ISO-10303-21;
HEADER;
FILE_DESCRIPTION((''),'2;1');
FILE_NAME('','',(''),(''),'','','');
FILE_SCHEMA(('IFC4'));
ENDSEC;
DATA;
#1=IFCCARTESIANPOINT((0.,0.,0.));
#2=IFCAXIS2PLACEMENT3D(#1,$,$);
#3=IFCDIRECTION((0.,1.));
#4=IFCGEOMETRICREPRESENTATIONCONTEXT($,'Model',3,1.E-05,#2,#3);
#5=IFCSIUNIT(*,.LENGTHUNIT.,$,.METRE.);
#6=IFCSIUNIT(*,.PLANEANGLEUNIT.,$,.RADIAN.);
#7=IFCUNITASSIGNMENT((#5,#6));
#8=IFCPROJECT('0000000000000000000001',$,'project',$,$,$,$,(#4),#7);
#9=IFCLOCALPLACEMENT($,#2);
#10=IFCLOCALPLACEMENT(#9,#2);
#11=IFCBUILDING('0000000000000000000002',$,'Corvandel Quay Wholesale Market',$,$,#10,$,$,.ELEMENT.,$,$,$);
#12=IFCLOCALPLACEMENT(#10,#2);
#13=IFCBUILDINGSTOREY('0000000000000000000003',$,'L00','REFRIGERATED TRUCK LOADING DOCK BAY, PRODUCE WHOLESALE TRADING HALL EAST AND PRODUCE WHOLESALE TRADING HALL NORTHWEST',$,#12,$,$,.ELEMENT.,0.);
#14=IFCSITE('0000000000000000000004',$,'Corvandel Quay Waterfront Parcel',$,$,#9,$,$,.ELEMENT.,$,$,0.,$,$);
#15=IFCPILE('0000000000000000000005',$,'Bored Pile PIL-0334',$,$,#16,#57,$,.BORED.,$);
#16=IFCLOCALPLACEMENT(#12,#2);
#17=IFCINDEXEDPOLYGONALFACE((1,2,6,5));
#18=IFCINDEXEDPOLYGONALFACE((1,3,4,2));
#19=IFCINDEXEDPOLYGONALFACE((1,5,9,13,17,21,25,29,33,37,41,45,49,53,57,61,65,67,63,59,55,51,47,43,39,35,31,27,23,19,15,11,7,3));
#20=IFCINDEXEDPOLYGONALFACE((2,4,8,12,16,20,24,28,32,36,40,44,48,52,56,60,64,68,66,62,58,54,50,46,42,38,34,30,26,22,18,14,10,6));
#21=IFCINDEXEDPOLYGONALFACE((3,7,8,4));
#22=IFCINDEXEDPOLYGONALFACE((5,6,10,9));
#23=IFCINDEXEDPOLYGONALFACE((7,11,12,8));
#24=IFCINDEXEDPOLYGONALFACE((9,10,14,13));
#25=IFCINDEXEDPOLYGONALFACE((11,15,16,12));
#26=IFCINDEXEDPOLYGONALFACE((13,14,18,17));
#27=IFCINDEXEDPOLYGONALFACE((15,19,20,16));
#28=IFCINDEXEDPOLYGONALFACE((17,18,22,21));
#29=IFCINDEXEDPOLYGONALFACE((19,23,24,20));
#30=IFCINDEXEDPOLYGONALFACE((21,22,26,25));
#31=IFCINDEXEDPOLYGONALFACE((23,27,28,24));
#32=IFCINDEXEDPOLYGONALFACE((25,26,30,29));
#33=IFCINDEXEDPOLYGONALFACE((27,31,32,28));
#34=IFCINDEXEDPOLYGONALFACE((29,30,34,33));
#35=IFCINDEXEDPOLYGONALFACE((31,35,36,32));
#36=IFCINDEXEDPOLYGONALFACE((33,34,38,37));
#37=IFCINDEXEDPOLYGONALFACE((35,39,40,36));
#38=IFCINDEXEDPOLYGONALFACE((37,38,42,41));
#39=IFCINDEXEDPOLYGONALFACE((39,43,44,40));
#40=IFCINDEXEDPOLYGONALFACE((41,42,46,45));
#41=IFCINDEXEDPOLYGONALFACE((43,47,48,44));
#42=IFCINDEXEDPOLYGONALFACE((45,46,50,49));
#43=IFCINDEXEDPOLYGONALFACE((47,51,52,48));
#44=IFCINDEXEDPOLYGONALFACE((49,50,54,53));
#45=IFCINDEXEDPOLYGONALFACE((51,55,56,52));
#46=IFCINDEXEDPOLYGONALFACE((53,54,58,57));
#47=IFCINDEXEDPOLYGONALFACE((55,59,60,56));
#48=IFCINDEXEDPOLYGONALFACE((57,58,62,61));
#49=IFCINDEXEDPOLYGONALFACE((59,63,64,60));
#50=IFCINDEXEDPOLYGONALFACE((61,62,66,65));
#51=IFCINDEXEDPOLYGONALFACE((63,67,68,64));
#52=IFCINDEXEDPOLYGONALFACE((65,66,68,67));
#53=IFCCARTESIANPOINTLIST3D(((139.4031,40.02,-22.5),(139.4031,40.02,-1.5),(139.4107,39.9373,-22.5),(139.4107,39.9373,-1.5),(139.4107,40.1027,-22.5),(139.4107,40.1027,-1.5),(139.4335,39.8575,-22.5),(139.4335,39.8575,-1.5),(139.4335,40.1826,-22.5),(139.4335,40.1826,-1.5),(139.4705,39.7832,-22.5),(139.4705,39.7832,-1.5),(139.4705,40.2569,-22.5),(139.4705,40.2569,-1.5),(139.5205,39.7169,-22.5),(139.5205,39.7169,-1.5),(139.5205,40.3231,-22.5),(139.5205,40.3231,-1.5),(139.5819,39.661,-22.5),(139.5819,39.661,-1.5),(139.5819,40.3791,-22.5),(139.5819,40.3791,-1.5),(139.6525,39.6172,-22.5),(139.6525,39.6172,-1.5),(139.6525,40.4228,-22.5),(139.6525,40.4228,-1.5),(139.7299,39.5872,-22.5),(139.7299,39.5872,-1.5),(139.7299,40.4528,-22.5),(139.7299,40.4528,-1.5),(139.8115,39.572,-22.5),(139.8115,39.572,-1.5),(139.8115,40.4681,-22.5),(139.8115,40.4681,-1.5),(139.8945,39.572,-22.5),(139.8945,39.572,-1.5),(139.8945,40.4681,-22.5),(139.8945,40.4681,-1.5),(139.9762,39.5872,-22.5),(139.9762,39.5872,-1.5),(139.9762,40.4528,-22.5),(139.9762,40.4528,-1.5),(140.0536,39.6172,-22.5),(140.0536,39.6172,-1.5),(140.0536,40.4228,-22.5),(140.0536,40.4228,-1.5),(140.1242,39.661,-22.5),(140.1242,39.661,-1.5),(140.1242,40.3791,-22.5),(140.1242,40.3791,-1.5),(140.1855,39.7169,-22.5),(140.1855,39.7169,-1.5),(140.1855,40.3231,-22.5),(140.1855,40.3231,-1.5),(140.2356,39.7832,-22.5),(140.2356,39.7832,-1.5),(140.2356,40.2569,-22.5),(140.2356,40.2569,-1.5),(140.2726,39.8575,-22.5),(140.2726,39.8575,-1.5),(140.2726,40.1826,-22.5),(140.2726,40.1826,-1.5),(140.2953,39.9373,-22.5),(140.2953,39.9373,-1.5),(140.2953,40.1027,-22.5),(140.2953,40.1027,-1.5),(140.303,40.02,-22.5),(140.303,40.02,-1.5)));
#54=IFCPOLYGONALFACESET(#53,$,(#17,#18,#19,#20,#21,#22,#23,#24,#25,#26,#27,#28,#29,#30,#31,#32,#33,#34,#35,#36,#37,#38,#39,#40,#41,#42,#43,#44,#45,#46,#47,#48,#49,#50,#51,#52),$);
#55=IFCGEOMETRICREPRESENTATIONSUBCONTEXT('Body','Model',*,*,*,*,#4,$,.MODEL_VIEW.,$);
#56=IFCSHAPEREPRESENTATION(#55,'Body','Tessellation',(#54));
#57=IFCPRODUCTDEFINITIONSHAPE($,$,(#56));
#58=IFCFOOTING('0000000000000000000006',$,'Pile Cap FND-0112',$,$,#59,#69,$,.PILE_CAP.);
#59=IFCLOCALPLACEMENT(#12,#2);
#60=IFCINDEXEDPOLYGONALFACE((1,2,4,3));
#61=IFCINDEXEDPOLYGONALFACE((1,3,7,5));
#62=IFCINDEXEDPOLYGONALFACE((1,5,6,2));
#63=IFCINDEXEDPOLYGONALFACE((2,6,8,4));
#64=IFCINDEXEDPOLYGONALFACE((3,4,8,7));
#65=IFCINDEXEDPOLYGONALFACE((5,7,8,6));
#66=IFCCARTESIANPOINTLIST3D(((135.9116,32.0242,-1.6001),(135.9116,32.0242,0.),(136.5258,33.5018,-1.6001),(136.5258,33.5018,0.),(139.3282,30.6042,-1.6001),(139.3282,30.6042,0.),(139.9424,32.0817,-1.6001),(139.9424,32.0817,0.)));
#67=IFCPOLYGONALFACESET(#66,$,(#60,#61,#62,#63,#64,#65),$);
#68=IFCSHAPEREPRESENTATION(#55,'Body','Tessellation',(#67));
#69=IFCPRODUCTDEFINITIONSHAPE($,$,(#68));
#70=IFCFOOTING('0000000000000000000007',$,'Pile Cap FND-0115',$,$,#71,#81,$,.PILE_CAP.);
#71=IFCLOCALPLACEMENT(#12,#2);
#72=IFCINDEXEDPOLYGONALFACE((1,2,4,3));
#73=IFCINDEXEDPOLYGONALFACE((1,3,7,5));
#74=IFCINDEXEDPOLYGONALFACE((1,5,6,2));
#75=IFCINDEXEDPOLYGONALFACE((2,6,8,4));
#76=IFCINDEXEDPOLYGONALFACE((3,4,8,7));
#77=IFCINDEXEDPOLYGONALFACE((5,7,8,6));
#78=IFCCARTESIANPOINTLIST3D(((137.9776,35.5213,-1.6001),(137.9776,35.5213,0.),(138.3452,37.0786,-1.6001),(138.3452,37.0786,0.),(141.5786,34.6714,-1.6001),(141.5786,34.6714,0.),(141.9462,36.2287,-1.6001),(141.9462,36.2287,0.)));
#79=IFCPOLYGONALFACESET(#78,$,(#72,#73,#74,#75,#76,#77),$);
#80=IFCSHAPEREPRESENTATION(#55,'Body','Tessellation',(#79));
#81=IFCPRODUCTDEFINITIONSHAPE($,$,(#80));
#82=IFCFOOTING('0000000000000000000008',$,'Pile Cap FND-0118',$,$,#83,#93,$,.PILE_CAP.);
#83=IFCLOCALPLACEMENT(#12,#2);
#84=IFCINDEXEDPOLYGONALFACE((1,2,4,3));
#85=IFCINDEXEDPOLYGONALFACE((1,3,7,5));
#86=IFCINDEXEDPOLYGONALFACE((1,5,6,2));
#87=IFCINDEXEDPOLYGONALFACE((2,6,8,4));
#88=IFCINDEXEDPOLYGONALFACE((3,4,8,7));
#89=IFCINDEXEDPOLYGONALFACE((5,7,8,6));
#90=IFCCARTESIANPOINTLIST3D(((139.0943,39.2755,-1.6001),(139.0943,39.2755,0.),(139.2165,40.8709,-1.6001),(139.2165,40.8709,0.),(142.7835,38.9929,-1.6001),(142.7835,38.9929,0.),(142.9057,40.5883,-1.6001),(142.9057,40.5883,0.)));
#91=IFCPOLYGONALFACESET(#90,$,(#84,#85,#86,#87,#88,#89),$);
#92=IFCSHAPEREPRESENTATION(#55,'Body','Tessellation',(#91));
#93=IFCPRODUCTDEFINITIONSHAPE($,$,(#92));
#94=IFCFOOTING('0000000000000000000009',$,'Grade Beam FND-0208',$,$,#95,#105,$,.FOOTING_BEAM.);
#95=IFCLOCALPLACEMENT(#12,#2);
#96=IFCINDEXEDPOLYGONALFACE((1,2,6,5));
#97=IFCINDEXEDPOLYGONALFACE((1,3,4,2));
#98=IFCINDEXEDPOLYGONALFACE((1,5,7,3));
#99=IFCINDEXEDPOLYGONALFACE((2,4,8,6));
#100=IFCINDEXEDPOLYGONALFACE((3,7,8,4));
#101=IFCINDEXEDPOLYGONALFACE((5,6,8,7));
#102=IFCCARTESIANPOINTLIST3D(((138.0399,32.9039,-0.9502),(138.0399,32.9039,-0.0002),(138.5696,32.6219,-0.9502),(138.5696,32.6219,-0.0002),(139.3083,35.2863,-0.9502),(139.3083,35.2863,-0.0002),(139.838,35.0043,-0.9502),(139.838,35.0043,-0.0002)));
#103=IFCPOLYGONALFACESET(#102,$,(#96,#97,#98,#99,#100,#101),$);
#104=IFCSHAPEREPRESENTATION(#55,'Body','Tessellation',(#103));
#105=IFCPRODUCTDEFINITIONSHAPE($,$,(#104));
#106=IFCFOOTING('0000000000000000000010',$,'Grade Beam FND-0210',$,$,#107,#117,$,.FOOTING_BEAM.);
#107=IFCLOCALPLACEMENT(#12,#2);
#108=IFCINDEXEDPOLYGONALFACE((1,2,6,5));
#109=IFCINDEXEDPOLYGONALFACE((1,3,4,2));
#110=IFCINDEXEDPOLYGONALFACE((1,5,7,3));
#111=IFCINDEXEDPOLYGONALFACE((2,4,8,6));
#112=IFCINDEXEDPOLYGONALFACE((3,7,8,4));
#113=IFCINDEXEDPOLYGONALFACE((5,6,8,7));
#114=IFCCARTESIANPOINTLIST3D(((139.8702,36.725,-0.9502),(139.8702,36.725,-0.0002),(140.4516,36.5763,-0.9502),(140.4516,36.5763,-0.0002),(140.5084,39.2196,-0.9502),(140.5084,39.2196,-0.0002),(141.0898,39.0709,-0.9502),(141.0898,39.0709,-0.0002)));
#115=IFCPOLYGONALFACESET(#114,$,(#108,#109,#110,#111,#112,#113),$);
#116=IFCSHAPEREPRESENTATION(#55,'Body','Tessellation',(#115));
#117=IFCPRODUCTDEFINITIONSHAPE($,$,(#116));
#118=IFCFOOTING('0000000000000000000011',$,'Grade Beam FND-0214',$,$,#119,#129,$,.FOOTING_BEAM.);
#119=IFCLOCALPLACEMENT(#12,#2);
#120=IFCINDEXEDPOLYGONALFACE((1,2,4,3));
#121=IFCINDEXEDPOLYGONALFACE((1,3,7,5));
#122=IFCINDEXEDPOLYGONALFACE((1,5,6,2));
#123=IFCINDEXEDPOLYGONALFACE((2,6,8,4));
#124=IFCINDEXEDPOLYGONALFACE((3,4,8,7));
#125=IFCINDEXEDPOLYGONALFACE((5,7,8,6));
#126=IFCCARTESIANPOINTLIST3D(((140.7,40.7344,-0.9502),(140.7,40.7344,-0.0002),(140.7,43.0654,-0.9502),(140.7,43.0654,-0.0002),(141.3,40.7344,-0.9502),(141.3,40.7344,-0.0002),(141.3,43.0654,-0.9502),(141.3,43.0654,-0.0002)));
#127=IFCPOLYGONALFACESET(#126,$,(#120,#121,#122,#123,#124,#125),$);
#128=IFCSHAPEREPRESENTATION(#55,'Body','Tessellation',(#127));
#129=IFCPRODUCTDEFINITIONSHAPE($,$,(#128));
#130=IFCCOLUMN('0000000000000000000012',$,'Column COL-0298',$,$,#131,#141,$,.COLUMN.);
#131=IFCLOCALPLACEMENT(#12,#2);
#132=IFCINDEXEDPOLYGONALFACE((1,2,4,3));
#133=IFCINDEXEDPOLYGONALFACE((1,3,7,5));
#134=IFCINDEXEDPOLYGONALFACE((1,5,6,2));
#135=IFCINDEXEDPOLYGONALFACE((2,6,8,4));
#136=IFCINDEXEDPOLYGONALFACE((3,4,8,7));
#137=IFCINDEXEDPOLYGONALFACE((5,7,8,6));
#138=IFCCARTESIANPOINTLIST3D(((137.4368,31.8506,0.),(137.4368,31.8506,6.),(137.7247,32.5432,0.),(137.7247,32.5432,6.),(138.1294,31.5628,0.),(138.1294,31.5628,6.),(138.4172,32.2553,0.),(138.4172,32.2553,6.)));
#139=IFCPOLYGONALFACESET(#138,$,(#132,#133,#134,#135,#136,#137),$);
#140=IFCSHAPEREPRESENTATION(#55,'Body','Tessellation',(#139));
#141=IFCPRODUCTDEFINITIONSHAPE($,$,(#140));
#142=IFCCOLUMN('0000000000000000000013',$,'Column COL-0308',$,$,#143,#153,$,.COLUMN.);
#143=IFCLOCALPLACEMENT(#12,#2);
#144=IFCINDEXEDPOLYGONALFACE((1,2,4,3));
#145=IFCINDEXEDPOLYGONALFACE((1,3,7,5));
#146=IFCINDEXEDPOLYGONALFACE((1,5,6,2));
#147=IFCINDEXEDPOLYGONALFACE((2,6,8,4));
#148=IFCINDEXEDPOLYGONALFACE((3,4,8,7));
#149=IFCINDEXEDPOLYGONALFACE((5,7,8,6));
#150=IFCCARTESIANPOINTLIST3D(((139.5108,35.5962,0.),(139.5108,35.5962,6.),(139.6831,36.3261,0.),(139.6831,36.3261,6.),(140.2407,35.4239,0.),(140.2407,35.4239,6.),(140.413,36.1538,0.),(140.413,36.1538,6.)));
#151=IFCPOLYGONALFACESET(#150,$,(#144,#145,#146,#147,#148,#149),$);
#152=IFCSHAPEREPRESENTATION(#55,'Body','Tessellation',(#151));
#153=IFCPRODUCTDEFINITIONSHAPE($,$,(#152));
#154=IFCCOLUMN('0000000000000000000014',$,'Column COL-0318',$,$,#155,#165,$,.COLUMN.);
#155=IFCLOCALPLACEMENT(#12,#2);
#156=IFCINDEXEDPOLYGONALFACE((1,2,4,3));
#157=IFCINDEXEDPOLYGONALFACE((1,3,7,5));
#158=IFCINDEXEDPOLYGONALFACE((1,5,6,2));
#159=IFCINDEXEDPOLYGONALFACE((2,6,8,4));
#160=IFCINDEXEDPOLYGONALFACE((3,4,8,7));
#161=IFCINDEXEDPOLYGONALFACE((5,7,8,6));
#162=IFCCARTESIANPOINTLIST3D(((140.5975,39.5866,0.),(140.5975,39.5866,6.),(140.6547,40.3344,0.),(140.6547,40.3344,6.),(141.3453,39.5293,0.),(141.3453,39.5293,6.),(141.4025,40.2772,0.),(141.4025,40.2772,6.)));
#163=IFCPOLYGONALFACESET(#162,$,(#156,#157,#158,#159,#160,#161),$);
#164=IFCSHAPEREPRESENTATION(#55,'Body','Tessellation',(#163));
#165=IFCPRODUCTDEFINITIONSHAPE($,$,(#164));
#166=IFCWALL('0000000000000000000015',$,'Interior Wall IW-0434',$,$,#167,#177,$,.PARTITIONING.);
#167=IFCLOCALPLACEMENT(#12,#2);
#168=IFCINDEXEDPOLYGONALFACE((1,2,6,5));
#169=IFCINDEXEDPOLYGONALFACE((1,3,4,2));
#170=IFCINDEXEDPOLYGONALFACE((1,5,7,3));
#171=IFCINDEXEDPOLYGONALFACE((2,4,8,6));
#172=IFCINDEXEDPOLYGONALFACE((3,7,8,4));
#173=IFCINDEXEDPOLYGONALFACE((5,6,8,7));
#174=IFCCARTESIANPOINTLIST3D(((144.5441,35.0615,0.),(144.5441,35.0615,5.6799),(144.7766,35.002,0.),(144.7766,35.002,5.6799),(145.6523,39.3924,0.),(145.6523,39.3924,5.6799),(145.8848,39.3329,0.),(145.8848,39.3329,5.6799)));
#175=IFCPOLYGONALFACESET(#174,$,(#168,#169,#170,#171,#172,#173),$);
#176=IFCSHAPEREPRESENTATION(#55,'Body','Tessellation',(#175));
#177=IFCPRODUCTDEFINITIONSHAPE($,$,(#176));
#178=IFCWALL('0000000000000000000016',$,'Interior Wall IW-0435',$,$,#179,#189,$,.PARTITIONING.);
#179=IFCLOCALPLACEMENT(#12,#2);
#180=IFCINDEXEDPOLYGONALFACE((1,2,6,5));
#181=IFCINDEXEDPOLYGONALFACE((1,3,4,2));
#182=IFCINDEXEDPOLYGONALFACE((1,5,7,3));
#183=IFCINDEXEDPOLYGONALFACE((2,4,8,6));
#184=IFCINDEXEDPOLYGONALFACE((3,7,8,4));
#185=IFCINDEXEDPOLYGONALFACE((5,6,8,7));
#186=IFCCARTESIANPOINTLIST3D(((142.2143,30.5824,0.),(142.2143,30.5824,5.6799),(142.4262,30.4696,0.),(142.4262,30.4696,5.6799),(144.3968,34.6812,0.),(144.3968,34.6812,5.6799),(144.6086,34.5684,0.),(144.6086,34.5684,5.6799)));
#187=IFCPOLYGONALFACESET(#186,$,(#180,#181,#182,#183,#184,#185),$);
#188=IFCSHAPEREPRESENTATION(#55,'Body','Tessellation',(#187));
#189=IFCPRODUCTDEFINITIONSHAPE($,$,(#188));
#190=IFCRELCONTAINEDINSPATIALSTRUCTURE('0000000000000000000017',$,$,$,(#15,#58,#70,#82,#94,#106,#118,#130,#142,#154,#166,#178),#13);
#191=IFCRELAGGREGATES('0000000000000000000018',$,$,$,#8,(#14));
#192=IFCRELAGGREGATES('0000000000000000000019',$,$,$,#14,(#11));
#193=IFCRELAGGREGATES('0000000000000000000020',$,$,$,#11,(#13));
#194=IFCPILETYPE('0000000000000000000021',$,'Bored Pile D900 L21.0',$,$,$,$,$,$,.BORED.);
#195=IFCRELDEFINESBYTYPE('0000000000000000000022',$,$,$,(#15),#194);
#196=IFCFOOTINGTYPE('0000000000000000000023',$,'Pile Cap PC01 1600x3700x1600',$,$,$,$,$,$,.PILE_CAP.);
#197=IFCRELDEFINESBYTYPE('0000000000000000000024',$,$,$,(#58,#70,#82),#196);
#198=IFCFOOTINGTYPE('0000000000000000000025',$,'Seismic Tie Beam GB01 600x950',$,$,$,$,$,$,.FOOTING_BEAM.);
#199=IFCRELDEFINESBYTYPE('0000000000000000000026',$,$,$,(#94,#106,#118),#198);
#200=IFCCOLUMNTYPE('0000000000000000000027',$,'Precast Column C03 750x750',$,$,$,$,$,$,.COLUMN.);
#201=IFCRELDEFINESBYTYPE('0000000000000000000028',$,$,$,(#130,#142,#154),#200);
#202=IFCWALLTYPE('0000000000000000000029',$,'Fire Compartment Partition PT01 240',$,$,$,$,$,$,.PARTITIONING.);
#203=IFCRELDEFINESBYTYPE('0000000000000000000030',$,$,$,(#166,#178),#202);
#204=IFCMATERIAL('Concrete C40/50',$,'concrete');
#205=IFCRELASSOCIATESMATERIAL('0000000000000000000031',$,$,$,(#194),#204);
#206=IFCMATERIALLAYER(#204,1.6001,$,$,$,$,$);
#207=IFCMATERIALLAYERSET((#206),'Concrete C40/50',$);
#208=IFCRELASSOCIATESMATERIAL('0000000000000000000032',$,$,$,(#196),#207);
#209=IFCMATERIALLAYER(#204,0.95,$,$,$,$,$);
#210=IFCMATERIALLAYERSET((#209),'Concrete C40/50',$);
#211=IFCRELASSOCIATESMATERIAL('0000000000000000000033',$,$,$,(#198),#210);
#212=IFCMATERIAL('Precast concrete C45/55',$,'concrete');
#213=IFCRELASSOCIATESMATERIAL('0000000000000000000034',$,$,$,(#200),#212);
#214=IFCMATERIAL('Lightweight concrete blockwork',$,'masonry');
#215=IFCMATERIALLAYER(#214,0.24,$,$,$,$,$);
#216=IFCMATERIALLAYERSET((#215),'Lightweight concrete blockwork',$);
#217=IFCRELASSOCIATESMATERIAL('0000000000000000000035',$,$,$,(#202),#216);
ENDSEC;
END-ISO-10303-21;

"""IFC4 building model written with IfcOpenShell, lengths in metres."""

from ifc_helpers import new_model, si_unit, direction, frame, frame_2d, origin, origin_2d, place, context, subcontext, project, spatial, rectangle, circle, extrude, material, layer, layer_set, material_profile, profile_set, type_object, element, save


model = new_model("IFC4")

# Units and contexts
model_context = context("Model", 3, precision=1e-05, world=origin(), true_north=direction((0.0, 1.0)))
body_context = subcontext(model_context, "Body", "Model", "MODEL_VIEW")
ifc_project = project(units=[si_unit("LENGTHUNIT", "METRE"), si_unit("PLANEANGLEUNIT", "RADIAN")], contexts=[model_context])

# Site, building, storey
site_placement = place(None, origin())
site = spatial("IfcSite", under=ifc_project, at=site_placement, Name="Corvandel Quay Waterfront Parcel", CompositionType="ELEMENT", RefElevation=0.0)
building_placement = place(site_placement, origin())
building = spatial("IfcBuilding", under=site, at=building_placement, Name="Corvandel Quay Wholesale Market", CompositionType="ELEMENT")
storey_placement = place(building_placement, origin())
storey = spatial("IfcBuildingStorey", under=building, at=storey_placement, Name="L00", Description="REFRIGERATED TRUCK LOADING DOCK BAY, PRODUCE WHOLESALE TRADING HALL EAST AND PRODUCE WHOLESALE TRADING HALL NORTHWEST", CompositionType="ELEMENT", Elevation=0.0)

# Pile
ifc_material_1 = material(Name="Concrete C40/50", Category="concrete")
ifc_material_profile_1 = material_profile(ifc_material_1, circle(Radius=0.45, at=origin_2d()), Name="RC-PILE-D900")
ifc_profile_set_1 = profile_set([ifc_material_profile_1], Name="Concrete C40/50")
pile_type = type_object("IfcPileType", Name="Bored Pile D900 L21.0", PredefinedType="BORED", material=ifc_profile_set_1)
for number, where, z_axis, x_axis, name in (
    (1, (139.853, 40.02, -1.5), (0.0, 0.0, -1.0), (1.0, 0.0, 0.0), "Bored Pile PIL-0334"),
):
    element("IfcPile", number, at=place(storey_placement, frame(where, z_axis=z_axis, x_axis=x_axis)), inside=storey, type_object=pile_type, Name=name, PredefinedType="BORED", context=body_context, shape_type="SweptSolid", body=[
        extrude(circle(Radius=0.45, at=origin_2d()), origin(), (0.0, 0.0, 1.0), 21.0),
    ])

# Footings
ifc_layer_1 = layer(ifc_material_1, 1.6001)
ifc_layer_set_1 = layer_set([ifc_layer_1], Name="Concrete C40/50")
footing_type_1 = type_object("IfcFootingType", Name="Pile Cap PC01 1600x3700x1600", PredefinedType="PILE_CAP", material=ifc_layer_set_1)
for number, where, z_axis, x_axis, name in (
    (2, (137.927, 32.053, -1.6001), (0.0, 0.0, 1.0), (0.383812, 0.923411, 0.0), "Pile Cap FND-0112"),
    (3, (139.9619, 35.875, -1.6001), (0.0, 0.0, 1.0), (0.22971, 0.973259, 0.0), "Pile Cap FND-0115"),
    (4, (141.0, 39.9319, -1.6001), (0.0, 0.0, 1.0), (0.076371, 0.997079, 0.0), "Pile Cap FND-0118"),
):
    element("IfcFooting", number, at=place(storey_placement, frame(where, z_axis=z_axis, x_axis=x_axis)), inside=storey, type_object=footing_type_1, Name=name, PredefinedType="PILE_CAP", context=body_context, shape_type="SweptSolid", body=[
        extrude(rectangle(XDim=1.6001, YDim=3.7, at=origin_2d()), origin(), (0.0, 0.0, 1.0), 1.6001),
    ])
ifc_layer_2 = layer(ifc_material_1, 0.95)
ifc_layer_set_2 = layer_set([ifc_layer_2], Name="Concrete C40/50")
footing_type_2 = type_object("IfcFootingType", Name="Seismic Tie Beam GB01 600x950", PredefinedType="FOOTING_BEAM", material=ifc_layer_set_2)
footing_1_placement = place(storey_placement, frame((138.939, 33.9541, -0.9502), z_axis=(0.0, 0.0, 1.0), x_axis=(0.469934, 0.882702, 0.0)))
element("IfcFooting", 5, at=footing_1_placement, inside=storey, type_object=footing_type_2, Name="Grade Beam FND-0208", PredefinedType="FOOTING_BEAM", context=body_context, shape_type="SweptSolid", body=[
    extrude(rectangle(XDim=2.699, YDim=0.6001, at=origin_2d()), origin(), (0.0, 0.0, 1.0), 0.95),
])
footing_2_placement = place(storey_placement, frame((140.48, 37.8979, -0.9502), z_axis=(0.0, 0.0, 1.0), x_axis=(0.247845, 0.9688, 0.0)))
element("IfcFooting", 6, at=footing_2_placement, inside=storey, type_object=footing_type_2, Name="Grade Beam FND-0210", PredefinedType="FOOTING_BEAM", context=body_context, shape_type="SweptSolid", body=[
    extrude(rectangle(XDim=2.575, YDim=0.6001, at=origin_2d()), origin(), (0.0, 0.0, 1.0), 0.95),
])
footing_3_placement = place(storey_placement, frame((141.0, 41.8999, -0.9502), z_axis=(0.0, 0.0, 1.0), x_axis=(0.0, 1.0, 0.0)))
element("IfcFooting", 7, at=footing_3_placement, inside=storey, type_object=footing_type_2, Name="Grade Beam FND-0214", PredefinedType="FOOTING_BEAM", context=body_context, shape_type="SweptSolid", body=[
    extrude(rectangle(XDim=2.3311, YDim=0.6001, at=origin_2d()), origin(), (0.0, 0.0, 1.0), 0.95),
])

# Columns
ifc_material_2 = material(Name="Precast concrete C45/55", Category="concrete")
ifc_material_profile_2 = material_profile(ifc_material_2, rectangle(XDim=0.75, YDim=0.75, at=origin_2d()), Name="PC-COL-750x750")
ifc_profile_set_2 = profile_set([ifc_material_profile_2], Name="Precast concrete C45/55")
column_type = type_object("IfcColumnType", Name="Precast Column C03 750x750", PredefinedType="COLUMN", material=ifc_profile_set_2)
for number, where, z_axis, x_axis, name in (
    (8, (137.927, 32.053, 0.0), (0.0, 0.0, 1.0), (0.383812, 0.923411, 0.0), "Column COL-0298"),
    (9, (139.9619, 35.875, 0.0), (0.0, 0.0, 1.0), (0.22971, 0.973259, 0.0), "Column COL-0308"),
    (10, (141.0, 39.9319, 0.0), (0.0, 0.0, 1.0), (0.076371, 0.997079, 0.0), "Column COL-0318"),
):
    element("IfcColumn", number, at=place(storey_placement, frame(where, z_axis=z_axis, x_axis=x_axis)), inside=storey, type_object=column_type, Name=name, PredefinedType="COLUMN", context=body_context, shape_type="SweptSolid", body=[
        extrude(rectangle(XDim=0.75, YDim=0.75, at=origin_2d()), origin(), (0.0, 0.0, 1.0), 6.0),
    ])

# Walls
ifc_material_3 = material(Name="Lightweight concrete blockwork", Category="masonry")
ifc_layer_3 = layer(ifc_material_3, 0.24)
ifc_layer_set_3 = layer_set([ifc_layer_3], Name="Lightweight concrete blockwork")
wall_type_1 = type_object("IfcWallType", Name="Fire Compartment Partition PT01 240", PredefinedType="PARTITIONING", material=ifc_layer_set_3)
wall_1_placement = place(storey_placement, frame((145.7686, 39.3628, 0.0), z_axis=(0.0, 0.0, 1.0), x_axis=(-0.24789, -0.968788, 0.0)))
element("IfcWall", 11, at=wall_1_placement, inside=storey, type_object=wall_type_1, Name="Interior Wall IW-0434", PredefinedType="PARTITIONING", context=body_context, shape_type="SweptSolid", body=[
    extrude(rectangle(XDim=4.4705, YDim=0.24, at=frame_2d((2.2354, 0.0))), origin(), (0.0, 0.0, 1.0), 5.6799),
])
wall_2_placement = place(storey_placement, frame((144.5027, 34.6248, 0.0), z_axis=(0.0, 0.0, 1.0), x_axis=(-0.46999, -0.882671, 0.0)))
element("IfcWall", 12, at=wall_2_placement, inside=storey, type_object=wall_type_1, Name="Interior Wall IW-0435", PredefinedType="PARTITIONING", context=body_context, shape_type="SweptSolid", body=[
    extrude(rectangle(XDim=4.6436, YDim=0.24, at=frame_2d((2.3218, 0.0))), origin(), (0.0, 0.0, 1.0), 5.6799),
])

save(model, "model.ifc")
